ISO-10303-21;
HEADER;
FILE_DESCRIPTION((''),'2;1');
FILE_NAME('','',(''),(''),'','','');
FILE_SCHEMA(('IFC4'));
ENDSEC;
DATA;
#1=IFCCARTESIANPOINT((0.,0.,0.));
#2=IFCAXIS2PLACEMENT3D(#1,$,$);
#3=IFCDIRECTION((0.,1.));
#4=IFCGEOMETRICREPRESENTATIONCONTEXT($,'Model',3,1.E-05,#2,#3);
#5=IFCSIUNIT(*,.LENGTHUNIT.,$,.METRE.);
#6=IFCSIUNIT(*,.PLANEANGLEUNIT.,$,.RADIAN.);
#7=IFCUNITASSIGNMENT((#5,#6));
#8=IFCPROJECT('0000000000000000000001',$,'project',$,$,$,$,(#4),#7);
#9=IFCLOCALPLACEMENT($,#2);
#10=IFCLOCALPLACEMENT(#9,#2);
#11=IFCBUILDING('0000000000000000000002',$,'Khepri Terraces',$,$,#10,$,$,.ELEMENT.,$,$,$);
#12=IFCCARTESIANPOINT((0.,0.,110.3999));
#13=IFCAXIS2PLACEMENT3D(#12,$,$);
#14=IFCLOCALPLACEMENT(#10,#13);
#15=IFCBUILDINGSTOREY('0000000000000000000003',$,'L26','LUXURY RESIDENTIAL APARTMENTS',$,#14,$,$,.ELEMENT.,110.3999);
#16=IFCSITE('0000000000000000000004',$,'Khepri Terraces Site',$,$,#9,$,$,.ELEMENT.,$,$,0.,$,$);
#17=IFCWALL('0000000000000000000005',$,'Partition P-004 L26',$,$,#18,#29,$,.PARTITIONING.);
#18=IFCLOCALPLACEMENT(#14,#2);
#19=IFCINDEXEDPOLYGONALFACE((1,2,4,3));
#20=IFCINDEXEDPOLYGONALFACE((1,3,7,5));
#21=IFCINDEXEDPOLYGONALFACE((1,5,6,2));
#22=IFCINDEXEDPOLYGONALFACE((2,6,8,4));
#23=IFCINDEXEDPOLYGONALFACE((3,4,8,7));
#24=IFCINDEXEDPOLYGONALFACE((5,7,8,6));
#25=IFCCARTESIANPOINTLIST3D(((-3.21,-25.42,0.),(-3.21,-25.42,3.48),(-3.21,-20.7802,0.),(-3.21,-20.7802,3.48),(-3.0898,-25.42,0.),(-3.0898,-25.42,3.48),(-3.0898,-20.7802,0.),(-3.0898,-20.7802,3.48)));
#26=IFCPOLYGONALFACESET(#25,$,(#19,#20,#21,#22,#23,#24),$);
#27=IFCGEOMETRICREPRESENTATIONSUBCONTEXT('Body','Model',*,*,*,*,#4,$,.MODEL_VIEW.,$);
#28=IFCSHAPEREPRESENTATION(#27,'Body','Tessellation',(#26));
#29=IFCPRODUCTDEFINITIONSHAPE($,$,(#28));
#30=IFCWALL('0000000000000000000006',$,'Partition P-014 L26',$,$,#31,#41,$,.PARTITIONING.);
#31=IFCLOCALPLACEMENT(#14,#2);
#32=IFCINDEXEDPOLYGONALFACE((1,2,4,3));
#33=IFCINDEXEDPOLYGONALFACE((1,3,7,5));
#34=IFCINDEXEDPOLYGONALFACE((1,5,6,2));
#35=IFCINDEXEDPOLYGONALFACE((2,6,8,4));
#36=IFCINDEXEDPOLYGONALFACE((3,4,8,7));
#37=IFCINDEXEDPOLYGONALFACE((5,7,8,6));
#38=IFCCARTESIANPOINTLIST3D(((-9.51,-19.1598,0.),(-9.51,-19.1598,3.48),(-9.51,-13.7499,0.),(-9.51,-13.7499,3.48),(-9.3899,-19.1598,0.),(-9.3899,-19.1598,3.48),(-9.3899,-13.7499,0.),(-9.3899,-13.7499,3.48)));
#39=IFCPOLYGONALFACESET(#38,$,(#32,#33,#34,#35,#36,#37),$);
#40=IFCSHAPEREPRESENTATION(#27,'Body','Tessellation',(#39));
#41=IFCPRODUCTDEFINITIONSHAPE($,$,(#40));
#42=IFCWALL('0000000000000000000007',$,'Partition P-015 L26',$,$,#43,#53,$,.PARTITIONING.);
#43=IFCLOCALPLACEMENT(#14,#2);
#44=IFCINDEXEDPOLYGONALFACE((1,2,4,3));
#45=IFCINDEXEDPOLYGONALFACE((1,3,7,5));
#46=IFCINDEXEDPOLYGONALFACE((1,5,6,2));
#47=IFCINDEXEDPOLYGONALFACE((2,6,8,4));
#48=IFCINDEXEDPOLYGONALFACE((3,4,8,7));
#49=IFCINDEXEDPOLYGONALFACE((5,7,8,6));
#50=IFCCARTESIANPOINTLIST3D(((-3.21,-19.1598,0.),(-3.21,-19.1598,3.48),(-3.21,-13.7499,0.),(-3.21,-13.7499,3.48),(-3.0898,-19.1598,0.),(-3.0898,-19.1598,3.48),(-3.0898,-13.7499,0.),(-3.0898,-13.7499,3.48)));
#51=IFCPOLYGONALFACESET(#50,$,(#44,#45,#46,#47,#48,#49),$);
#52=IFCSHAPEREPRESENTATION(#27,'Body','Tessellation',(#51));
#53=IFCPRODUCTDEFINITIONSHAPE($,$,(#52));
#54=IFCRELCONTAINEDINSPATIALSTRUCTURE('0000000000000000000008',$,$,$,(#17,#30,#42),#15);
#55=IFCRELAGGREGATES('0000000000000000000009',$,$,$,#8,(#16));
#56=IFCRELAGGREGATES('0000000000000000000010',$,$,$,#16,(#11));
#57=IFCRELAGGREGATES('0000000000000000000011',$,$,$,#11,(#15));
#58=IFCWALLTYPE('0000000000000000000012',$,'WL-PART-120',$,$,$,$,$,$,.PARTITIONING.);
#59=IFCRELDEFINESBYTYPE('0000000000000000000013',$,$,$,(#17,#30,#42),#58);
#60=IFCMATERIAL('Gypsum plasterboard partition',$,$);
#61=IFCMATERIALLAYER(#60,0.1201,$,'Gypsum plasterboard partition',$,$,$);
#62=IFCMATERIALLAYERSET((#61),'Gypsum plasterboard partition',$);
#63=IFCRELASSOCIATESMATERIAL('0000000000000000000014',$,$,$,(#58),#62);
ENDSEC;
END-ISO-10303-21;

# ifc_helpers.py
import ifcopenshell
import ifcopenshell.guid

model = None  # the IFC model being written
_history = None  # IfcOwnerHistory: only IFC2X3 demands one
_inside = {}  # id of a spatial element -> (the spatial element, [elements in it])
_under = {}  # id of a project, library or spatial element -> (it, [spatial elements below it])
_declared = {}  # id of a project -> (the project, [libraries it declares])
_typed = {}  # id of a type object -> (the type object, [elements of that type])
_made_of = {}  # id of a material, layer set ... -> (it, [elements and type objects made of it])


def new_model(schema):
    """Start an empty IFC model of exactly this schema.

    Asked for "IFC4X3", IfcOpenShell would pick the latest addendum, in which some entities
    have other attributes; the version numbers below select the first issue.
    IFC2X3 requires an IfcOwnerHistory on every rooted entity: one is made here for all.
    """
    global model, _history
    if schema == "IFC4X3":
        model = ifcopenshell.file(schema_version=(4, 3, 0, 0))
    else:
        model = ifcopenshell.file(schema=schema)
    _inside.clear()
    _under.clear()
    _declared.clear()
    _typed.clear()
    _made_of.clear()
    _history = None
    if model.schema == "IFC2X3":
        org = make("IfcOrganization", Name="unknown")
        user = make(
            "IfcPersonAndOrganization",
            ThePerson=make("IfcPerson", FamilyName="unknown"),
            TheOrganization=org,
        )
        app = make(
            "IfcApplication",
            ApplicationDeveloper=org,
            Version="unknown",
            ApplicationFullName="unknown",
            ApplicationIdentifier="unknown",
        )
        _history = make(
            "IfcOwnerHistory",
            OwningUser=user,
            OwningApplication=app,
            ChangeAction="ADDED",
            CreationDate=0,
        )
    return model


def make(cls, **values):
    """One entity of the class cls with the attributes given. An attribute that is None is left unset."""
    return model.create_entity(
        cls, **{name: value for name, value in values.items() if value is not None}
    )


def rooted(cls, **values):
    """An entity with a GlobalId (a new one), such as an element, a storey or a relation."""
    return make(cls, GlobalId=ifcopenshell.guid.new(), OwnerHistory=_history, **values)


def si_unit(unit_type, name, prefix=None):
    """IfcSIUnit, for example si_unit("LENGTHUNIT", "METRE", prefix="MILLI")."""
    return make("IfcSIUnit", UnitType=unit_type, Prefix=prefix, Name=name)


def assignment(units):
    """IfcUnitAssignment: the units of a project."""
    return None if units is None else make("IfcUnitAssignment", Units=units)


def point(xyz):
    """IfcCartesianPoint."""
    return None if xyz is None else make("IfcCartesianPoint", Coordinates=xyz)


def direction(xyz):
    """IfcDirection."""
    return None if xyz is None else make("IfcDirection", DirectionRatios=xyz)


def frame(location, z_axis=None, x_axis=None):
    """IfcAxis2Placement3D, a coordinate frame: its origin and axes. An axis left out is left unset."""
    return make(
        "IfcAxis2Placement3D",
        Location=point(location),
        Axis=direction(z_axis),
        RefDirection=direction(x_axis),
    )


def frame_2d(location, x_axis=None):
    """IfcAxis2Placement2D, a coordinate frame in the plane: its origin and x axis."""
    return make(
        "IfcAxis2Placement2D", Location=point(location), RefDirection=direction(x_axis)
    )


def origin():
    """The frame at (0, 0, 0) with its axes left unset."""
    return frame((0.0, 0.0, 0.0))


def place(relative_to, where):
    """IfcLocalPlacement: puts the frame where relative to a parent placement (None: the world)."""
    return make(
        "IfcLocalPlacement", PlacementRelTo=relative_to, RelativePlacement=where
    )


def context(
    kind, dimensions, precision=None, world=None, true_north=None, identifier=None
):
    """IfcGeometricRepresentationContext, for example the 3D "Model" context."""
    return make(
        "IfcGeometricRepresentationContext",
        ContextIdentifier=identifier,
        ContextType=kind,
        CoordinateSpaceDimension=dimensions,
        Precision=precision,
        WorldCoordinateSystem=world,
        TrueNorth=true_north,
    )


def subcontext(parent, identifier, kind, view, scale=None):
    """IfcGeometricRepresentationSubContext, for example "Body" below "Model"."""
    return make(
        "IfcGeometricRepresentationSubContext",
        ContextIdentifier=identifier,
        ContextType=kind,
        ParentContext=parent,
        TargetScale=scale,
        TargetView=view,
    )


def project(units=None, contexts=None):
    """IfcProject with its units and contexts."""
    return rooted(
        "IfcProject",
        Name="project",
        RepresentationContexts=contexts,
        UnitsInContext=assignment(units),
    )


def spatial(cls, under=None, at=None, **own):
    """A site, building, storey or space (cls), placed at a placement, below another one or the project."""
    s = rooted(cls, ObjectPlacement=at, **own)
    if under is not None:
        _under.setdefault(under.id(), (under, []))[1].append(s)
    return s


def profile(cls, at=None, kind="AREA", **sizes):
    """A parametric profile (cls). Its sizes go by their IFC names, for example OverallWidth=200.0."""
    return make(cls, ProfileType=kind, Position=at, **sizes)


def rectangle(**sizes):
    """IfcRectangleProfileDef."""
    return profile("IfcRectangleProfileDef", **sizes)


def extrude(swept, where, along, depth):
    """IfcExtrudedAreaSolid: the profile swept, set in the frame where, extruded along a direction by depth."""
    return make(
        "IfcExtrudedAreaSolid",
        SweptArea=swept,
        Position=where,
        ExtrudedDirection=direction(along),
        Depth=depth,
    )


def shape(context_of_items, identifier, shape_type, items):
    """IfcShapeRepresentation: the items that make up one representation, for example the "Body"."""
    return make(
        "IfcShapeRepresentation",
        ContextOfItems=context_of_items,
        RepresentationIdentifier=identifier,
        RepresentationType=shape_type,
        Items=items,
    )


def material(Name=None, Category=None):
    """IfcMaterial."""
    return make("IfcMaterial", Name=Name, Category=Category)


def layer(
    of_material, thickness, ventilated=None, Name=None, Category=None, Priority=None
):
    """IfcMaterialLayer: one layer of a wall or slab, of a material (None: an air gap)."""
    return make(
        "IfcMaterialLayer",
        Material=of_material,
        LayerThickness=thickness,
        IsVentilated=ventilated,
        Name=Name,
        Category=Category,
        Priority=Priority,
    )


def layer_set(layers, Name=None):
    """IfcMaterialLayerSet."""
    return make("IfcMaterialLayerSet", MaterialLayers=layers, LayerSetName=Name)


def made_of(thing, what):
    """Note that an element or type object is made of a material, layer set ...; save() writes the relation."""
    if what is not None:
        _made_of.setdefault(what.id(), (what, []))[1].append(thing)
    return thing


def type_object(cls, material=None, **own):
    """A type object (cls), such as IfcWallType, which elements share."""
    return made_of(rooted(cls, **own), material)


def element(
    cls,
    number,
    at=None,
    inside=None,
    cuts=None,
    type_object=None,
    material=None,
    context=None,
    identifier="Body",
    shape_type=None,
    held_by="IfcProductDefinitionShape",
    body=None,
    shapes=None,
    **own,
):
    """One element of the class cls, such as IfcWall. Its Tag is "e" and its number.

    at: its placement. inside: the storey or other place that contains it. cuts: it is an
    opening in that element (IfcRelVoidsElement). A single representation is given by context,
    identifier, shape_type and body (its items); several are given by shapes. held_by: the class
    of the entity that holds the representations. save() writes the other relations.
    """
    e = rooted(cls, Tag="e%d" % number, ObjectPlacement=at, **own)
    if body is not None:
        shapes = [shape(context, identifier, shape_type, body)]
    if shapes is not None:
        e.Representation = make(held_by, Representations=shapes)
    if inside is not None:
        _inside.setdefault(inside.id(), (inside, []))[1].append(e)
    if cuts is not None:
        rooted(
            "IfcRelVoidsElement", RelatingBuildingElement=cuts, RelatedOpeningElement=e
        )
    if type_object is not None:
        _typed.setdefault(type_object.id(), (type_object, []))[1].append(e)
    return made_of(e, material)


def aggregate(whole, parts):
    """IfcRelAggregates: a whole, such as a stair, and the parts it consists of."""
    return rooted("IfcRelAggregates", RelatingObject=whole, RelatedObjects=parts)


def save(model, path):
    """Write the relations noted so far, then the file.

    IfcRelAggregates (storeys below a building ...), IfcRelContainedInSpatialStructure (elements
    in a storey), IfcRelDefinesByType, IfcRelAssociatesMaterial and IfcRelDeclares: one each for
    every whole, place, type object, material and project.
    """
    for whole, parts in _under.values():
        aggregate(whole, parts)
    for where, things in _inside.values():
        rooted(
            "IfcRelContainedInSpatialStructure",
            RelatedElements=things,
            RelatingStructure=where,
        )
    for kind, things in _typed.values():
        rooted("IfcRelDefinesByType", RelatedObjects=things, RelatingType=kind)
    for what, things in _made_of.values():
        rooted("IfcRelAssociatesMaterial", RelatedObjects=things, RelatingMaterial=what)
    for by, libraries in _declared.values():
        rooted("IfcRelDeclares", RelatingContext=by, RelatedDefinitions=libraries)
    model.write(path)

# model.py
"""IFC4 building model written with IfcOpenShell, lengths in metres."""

from ifc_helpers import new_model, si_unit, direction, frame, frame_2d, origin, place, context, subcontext, project, spatial, rectangle, extrude, material, layer, layer_set, type_object, element, save


model = new_model("IFC4")

# Units and contexts
model_context = context("Model", 3, precision=1e-05, world=origin(), true_north=direction((0.0, 1.0)))
body_context = subcontext(model_context, "Body", "Model", "MODEL_VIEW")
ifc_project = project(units=[si_unit("LENGTHUNIT", "METRE"), si_unit("PLANEANGLEUNIT", "RADIAN")], contexts=[model_context])

# Site, building, storey
site_placement = place(None, origin())
site = spatial("IfcSite", under=ifc_project, at=site_placement, Name="Khepri Terraces Site", CompositionType="ELEMENT", RefElevation=0.0)
building_placement = place(site_placement, origin())
building = spatial("IfcBuilding", under=site, at=building_placement, Name="Khepri Terraces", CompositionType="ELEMENT")
storey_placement = place(building_placement, frame((0.0, 0.0, 110.3999)))
storey = spatial("IfcBuildingStorey", under=building, at=storey_placement, Name="L26", Description="LUXURY RESIDENTIAL APARTMENTS", CompositionType="ELEMENT", Elevation=110.3999)

# Shared definitions
ifc_material_1 = material(Name="Gypsum plasterboard partition")
ifc_layer_1 = layer(ifc_material_1, 0.1201, Name="Gypsum plasterboard partition")
ifc_layer_set_1 = layer_set([ifc_layer_1], Name="Gypsum plasterboard partition")
wall_type_1 = type_object("IfcWallType", Name="WL-PART-120", PredefinedType="PARTITIONING", material=ifc_layer_set_1)

# Walls
wall_1_placement = place(storey_placement, frame((-3.1499, -25.4199, 0.0), z_axis=(0.0, 0.0, 1.0), x_axis=(0.0, 1.0, 0.0)))
element("IfcWall", 1, at=wall_1_placement, inside=storey, type_object=wall_type_1, Name="Partition P-004 L26", PredefinedType="PARTITIONING", context=body_context, shape_type="SweptSolid", body=[
    extrude(rectangle(XDim=4.6399, YDim=0.1201, at=frame_2d((2.3198, 0.0))), origin(), (0.0, 0.0, 1.0), 3.48),
])
for number, where, z_axis, x_axis, name in (
    (2, (-9.45, -19.1599, 0.0), (0.0, 0.0, 1.0), (0.0, 1.0, 0.0), "Partition P-014 L26"),
    (3, (-3.1499, -19.1599, 0.0), (0.0, 0.0, 1.0), (0.0, 1.0, 0.0), "Partition P-015 L26"),
):
    element("IfcWall", number, at=place(storey_placement, frame(where, z_axis=z_axis, x_axis=x_axis)), inside=storey, type_object=wall_type_1, Name=name, PredefinedType="PARTITIONING", context=body_context, shape_type="SweptSolid", body=[
        extrude(rectangle(XDim=5.4099, YDim=0.1201, at=frame_2d((2.7051, 0.0))), origin(), (0.0, 0.0, 1.0), 3.48),
    ])

save(model, "model.ifc")
